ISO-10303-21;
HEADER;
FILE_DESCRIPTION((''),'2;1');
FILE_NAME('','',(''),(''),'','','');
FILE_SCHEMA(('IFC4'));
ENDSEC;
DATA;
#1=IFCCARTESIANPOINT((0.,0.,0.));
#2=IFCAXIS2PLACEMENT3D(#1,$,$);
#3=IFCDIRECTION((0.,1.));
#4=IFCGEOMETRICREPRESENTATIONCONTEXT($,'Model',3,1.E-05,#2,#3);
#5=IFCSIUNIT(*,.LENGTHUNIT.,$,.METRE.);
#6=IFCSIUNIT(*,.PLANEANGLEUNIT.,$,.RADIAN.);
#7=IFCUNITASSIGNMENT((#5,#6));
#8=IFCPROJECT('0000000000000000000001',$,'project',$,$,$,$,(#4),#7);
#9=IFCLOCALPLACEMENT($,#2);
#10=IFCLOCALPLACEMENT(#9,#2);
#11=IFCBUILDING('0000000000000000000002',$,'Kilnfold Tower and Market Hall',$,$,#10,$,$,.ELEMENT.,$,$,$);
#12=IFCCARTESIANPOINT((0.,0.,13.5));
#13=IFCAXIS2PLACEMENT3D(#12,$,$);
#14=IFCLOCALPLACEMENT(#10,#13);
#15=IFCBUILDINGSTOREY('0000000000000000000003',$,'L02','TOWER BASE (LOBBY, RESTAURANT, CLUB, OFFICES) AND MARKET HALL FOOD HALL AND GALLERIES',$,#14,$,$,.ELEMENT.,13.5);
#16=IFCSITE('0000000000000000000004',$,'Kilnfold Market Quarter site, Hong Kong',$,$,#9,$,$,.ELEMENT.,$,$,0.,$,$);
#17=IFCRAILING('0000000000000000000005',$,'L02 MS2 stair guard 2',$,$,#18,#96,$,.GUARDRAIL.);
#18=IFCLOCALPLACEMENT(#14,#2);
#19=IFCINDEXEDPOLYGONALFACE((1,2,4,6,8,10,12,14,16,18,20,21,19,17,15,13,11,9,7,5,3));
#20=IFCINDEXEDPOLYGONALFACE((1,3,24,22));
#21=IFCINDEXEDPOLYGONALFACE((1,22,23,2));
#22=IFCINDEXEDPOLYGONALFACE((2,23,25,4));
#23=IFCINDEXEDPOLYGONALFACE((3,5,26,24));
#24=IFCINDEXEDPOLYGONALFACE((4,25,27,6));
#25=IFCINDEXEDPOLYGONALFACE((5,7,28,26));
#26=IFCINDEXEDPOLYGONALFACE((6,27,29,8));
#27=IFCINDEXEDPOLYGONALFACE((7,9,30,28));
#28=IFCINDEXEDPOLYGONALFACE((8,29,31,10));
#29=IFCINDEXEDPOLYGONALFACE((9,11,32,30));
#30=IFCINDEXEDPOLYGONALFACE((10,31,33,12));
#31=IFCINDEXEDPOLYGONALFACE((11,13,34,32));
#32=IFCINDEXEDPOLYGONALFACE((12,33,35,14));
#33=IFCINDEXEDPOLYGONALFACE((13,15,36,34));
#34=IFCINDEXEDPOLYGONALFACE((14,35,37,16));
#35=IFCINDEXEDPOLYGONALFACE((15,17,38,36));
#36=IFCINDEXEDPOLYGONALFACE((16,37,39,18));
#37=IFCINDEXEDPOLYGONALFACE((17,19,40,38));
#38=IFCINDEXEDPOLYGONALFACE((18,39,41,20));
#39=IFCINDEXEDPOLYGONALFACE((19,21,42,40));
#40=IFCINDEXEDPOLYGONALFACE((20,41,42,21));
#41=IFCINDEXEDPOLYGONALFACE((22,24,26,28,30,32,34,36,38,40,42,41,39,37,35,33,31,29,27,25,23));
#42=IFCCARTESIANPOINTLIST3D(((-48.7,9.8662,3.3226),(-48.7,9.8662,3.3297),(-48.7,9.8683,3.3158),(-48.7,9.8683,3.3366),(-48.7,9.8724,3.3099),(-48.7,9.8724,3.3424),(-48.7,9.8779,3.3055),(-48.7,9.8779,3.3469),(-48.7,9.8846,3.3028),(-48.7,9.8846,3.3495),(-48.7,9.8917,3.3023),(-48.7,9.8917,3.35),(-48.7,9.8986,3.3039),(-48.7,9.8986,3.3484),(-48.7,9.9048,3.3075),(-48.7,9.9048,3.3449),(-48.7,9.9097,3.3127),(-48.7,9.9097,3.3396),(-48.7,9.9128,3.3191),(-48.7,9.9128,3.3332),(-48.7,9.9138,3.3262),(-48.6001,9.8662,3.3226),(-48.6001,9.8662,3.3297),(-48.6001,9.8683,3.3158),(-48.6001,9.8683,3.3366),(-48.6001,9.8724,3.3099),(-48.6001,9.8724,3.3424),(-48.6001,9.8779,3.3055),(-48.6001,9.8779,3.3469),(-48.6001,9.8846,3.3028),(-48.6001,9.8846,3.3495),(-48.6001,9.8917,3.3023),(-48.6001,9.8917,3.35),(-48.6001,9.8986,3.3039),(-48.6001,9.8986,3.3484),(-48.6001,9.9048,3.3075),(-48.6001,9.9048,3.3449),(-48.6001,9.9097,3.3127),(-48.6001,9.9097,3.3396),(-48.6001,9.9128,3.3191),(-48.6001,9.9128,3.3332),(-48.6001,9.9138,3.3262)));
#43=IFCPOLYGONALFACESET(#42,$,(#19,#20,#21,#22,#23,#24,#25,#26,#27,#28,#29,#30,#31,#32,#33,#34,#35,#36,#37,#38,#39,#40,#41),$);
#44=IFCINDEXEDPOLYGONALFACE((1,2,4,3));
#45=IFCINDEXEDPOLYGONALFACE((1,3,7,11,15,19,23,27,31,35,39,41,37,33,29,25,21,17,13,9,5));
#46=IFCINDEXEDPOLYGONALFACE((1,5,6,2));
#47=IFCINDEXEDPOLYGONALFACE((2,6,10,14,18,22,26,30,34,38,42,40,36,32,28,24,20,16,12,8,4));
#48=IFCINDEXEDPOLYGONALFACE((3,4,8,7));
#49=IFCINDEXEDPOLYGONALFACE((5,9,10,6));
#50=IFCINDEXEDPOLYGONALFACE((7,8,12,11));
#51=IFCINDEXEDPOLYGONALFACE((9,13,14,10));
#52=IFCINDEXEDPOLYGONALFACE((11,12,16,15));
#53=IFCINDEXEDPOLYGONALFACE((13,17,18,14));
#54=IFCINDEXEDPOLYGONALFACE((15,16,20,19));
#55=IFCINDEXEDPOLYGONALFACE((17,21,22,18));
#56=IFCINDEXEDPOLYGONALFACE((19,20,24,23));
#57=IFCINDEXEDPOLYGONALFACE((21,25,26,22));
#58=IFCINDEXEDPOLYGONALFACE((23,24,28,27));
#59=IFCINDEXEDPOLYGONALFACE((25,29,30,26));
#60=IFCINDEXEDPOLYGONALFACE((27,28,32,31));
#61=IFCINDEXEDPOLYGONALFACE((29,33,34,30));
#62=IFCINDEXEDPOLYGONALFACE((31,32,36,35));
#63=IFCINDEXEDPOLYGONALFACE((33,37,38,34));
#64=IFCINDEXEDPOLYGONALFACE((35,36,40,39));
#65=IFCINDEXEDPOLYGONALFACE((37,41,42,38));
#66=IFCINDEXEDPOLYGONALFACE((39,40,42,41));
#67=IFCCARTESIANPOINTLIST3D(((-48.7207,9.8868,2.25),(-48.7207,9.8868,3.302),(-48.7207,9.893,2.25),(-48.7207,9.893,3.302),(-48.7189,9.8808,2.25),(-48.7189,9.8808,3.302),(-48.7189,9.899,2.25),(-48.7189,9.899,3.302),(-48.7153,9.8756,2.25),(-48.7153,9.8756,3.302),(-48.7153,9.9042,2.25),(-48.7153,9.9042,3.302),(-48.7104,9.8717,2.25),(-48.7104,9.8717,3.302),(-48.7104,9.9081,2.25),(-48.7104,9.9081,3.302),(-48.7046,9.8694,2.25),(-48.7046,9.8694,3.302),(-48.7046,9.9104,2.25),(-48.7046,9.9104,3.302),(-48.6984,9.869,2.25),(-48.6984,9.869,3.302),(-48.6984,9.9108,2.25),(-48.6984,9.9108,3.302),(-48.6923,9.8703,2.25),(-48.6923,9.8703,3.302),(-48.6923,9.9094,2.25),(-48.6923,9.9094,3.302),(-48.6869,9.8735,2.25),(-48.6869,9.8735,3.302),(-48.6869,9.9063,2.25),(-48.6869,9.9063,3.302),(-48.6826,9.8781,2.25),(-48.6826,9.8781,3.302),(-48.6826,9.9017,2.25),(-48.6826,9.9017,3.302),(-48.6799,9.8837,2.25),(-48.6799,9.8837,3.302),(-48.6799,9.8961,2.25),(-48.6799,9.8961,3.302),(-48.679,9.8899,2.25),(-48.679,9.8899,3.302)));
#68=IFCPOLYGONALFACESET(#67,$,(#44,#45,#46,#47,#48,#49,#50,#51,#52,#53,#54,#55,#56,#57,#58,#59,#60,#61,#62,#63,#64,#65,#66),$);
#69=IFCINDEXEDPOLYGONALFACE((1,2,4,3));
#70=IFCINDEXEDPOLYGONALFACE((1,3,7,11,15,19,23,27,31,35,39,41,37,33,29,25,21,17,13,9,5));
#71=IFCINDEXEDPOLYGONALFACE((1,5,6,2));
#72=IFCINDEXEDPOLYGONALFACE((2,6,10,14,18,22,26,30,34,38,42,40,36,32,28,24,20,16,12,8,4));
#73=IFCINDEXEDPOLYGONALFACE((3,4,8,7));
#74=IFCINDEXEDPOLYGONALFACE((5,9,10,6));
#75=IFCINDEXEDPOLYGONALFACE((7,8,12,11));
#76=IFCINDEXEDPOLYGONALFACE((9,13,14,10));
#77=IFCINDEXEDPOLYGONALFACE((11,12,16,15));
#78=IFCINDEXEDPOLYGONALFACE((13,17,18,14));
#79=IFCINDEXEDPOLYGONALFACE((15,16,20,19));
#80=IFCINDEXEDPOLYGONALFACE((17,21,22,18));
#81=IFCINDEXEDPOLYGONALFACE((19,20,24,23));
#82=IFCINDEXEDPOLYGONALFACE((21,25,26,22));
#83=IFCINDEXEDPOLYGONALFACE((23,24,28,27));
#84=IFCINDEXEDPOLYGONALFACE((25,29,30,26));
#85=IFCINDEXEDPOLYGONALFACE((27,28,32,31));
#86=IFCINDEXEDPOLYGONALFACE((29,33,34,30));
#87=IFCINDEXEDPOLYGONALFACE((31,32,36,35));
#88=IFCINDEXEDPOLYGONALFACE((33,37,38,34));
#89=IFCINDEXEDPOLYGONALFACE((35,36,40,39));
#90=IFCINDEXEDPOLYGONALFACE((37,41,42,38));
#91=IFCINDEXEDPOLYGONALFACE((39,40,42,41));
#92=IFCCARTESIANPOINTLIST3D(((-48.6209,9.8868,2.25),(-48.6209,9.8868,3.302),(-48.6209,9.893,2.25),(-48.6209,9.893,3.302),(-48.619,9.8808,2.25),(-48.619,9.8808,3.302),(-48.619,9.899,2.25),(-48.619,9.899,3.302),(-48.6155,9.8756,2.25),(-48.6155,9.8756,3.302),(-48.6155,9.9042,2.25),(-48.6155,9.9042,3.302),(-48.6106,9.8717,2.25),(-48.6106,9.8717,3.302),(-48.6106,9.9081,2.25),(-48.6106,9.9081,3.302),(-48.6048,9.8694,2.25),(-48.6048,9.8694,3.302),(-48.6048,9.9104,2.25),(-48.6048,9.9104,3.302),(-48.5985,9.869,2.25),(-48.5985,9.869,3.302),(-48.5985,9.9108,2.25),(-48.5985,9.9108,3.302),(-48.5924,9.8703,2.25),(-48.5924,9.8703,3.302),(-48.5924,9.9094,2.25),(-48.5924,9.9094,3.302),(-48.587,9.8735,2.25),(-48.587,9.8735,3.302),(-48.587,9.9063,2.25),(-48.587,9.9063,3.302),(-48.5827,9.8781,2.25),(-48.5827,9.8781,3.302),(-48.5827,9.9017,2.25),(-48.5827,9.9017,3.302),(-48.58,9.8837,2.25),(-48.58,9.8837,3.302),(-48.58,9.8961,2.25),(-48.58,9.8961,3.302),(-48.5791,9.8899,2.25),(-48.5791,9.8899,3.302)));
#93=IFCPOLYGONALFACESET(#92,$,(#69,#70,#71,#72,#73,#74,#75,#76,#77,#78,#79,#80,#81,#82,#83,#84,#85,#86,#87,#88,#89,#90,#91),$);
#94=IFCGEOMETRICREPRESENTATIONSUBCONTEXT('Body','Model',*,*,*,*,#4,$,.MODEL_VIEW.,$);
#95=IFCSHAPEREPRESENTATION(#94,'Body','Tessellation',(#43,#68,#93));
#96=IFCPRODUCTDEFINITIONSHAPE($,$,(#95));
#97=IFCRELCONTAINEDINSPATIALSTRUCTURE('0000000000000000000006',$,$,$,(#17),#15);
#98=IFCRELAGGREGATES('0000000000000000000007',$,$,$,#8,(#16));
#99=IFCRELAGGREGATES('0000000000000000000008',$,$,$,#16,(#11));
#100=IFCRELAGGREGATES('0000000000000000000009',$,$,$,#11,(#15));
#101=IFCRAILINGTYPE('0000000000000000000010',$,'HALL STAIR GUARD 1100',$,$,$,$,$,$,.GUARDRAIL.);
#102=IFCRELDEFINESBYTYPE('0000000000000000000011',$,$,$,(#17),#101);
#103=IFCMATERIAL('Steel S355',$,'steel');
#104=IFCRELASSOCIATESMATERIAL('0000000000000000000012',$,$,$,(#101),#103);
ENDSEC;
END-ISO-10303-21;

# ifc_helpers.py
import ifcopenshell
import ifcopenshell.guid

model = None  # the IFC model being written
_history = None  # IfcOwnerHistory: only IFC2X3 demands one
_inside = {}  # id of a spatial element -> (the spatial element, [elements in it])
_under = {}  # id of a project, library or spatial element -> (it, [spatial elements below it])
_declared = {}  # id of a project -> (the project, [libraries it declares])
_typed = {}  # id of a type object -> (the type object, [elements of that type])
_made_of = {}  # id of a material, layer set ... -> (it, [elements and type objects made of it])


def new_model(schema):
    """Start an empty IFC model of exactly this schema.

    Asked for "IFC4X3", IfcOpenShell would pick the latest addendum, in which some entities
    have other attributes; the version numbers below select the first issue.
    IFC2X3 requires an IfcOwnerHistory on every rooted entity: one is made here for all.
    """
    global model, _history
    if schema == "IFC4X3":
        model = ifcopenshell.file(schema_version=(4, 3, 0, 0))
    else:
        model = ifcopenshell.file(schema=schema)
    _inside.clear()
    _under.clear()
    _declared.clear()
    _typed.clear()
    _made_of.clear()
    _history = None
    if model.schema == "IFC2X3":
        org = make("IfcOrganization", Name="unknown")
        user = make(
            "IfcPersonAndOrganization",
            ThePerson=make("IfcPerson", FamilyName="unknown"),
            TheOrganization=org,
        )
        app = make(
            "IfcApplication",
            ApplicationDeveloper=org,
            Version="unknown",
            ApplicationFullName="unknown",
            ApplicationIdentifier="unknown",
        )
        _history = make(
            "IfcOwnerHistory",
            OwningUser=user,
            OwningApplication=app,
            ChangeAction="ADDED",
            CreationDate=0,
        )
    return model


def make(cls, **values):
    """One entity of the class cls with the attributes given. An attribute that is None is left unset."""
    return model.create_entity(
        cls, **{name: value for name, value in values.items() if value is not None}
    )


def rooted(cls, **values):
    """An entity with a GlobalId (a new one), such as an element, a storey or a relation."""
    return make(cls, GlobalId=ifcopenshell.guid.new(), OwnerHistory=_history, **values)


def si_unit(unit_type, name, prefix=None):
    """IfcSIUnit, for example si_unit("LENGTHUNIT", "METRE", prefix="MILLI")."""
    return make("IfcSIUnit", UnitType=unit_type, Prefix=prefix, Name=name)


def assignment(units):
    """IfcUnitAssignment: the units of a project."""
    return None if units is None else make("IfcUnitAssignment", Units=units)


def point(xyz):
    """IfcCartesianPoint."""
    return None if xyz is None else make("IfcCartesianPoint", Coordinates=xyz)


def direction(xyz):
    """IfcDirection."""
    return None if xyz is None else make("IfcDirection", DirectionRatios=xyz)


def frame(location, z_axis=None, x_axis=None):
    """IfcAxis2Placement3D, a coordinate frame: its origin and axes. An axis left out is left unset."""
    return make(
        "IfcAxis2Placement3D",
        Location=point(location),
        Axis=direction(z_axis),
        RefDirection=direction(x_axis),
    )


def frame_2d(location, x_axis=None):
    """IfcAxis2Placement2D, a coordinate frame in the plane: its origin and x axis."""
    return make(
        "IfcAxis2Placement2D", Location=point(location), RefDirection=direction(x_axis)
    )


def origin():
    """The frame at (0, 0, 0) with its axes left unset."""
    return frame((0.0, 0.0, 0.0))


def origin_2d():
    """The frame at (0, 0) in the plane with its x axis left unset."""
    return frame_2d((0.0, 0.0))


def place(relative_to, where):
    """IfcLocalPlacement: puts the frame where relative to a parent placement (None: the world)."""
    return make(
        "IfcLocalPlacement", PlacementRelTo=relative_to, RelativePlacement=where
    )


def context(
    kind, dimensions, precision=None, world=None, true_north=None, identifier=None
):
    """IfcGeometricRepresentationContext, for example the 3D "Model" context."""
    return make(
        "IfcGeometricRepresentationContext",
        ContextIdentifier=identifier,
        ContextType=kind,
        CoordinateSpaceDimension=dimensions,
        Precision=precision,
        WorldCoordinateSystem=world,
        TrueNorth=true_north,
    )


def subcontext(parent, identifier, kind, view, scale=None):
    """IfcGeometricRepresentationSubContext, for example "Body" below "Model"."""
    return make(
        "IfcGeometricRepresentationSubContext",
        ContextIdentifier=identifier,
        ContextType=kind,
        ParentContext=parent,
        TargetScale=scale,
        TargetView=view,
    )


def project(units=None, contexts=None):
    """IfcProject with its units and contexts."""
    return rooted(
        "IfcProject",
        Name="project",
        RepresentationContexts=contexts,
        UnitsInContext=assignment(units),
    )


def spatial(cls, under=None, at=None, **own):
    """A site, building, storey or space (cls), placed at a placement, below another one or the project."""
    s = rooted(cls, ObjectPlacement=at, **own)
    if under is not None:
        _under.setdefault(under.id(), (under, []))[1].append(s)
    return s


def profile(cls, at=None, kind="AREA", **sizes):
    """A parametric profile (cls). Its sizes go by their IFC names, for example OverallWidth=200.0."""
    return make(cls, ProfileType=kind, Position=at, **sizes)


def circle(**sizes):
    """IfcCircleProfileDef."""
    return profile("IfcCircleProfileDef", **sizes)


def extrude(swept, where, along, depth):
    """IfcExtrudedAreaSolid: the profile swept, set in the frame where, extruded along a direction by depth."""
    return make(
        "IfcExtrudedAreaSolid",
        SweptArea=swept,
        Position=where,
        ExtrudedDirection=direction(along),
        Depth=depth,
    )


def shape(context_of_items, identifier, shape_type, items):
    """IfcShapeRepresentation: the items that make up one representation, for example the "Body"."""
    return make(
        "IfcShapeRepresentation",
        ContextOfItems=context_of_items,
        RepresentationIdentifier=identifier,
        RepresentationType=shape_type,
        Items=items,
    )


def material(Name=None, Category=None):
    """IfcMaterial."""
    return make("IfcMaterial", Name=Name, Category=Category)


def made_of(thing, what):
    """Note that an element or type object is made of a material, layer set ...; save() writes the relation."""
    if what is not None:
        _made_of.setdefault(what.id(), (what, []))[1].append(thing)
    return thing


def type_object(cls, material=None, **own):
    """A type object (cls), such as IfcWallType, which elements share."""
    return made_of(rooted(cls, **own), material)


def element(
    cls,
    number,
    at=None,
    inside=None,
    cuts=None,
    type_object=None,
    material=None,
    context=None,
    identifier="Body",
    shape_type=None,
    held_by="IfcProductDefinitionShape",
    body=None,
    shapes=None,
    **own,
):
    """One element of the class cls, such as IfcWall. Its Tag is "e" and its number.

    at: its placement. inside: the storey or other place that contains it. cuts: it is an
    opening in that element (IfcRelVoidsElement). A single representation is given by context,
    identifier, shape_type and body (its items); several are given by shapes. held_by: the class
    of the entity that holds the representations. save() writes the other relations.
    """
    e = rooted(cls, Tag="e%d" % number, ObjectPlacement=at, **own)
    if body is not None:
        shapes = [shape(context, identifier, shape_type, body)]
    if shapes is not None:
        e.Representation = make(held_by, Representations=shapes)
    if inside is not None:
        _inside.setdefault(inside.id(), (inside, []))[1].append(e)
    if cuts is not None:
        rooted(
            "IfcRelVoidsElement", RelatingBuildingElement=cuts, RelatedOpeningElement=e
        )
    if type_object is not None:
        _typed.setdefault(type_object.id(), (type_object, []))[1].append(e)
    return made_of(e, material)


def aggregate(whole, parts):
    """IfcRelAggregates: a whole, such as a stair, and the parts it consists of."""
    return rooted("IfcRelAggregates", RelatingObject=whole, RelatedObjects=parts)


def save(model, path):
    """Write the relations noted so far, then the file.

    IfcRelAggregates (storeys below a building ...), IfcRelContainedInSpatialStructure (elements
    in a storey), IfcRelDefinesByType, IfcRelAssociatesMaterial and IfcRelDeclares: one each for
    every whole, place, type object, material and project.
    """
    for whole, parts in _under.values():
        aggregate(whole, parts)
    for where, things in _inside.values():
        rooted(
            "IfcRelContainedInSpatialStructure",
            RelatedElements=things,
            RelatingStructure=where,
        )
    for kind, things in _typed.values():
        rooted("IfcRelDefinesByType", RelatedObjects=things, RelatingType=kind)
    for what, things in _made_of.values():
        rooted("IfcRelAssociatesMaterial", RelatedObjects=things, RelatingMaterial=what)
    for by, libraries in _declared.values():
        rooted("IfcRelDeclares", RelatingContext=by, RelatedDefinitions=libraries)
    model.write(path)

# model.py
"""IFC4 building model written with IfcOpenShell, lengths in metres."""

from ifc_helpers import new_model, si_unit, direction, frame, origin, origin_2d, place, context, subcontext, project, spatial, circle, extrude, material, type_object, element, save


model = new_model("IFC4")

# Units and contexts
model_context = context("Model", 3, precision=1e-05, world=origin(), true_north=direction((0.0, 1.0)))
body_context = subcontext(model_context, "Body", "Model", "MODEL_VIEW")
ifc_project = project(units=[si_unit("LENGTHUNIT", "METRE"), si_unit("PLANEANGLEUNIT", "RADIAN")], contexts=[model_context])

# Site, building, storey
site_placement = place(None, origin())
site = spatial("IfcSite", under=ifc_project, at=site_placement, Name="Kilnfold Market Quarter site, Hong Kong", CompositionType="ELEMENT", RefElevation=0.0)
building_placement = place(site_placement, origin())
building = spatial("IfcBuilding", under=site, at=building_placement, Name="Kilnfold Tower and Market Hall", CompositionType="ELEMENT")
storey_placement = place(building_placement, frame((0.0, 0.0, 13.5)))
storey = spatial("IfcBuildingStorey", under=building, at=storey_placement, Name="L02", Description="TOWER BASE (LOBBY, RESTAURANT, CLUB, OFFICES) AND MARKET HALL FOOD HALL AND GALLERIES", CompositionType="ELEMENT", Elevation=13.5)

# Railing
ifc_material_1 = material(Name="Steel S355", Category="steel")
railing_type_1 = type_object("IfcRailingType", Name="HALL STAIR GUARD 1100", PredefinedType="GUARDRAIL", material=ifc_material_1)
railing_1_placement = place(storey_placement, frame((-48.7, 9.8899, 2.25)))
element("IfcRailing", 1, at=railing_1_placement, inside=storey, type_object=railing_type_1, Name="L02 MS2 stair guard 2", PredefinedType="GUARDRAIL", context=body_context, shape_type="SweptSolid", body=[
    extrude(circle(Radius=0.0239, at=origin_2d()), frame((0.0, 0.0, 1.0762), z_axis=(1.0, 0.0, 0.0), x_axis=(0.0, 1.0, 0.0)), (0.0, 0.0, 1.0), 0.0999),
    extrude(circle(Radius=0.021, at=origin_2d()), origin(), (0.0, 0.0, 1.0), 1.052),
    extrude(circle(Radius=0.021, at=origin_2d()), frame((0.0999, 0.0, 0.0)), (0.0, 0.0, 1.0), 1.052),
])

save(model, "model.ifc")
